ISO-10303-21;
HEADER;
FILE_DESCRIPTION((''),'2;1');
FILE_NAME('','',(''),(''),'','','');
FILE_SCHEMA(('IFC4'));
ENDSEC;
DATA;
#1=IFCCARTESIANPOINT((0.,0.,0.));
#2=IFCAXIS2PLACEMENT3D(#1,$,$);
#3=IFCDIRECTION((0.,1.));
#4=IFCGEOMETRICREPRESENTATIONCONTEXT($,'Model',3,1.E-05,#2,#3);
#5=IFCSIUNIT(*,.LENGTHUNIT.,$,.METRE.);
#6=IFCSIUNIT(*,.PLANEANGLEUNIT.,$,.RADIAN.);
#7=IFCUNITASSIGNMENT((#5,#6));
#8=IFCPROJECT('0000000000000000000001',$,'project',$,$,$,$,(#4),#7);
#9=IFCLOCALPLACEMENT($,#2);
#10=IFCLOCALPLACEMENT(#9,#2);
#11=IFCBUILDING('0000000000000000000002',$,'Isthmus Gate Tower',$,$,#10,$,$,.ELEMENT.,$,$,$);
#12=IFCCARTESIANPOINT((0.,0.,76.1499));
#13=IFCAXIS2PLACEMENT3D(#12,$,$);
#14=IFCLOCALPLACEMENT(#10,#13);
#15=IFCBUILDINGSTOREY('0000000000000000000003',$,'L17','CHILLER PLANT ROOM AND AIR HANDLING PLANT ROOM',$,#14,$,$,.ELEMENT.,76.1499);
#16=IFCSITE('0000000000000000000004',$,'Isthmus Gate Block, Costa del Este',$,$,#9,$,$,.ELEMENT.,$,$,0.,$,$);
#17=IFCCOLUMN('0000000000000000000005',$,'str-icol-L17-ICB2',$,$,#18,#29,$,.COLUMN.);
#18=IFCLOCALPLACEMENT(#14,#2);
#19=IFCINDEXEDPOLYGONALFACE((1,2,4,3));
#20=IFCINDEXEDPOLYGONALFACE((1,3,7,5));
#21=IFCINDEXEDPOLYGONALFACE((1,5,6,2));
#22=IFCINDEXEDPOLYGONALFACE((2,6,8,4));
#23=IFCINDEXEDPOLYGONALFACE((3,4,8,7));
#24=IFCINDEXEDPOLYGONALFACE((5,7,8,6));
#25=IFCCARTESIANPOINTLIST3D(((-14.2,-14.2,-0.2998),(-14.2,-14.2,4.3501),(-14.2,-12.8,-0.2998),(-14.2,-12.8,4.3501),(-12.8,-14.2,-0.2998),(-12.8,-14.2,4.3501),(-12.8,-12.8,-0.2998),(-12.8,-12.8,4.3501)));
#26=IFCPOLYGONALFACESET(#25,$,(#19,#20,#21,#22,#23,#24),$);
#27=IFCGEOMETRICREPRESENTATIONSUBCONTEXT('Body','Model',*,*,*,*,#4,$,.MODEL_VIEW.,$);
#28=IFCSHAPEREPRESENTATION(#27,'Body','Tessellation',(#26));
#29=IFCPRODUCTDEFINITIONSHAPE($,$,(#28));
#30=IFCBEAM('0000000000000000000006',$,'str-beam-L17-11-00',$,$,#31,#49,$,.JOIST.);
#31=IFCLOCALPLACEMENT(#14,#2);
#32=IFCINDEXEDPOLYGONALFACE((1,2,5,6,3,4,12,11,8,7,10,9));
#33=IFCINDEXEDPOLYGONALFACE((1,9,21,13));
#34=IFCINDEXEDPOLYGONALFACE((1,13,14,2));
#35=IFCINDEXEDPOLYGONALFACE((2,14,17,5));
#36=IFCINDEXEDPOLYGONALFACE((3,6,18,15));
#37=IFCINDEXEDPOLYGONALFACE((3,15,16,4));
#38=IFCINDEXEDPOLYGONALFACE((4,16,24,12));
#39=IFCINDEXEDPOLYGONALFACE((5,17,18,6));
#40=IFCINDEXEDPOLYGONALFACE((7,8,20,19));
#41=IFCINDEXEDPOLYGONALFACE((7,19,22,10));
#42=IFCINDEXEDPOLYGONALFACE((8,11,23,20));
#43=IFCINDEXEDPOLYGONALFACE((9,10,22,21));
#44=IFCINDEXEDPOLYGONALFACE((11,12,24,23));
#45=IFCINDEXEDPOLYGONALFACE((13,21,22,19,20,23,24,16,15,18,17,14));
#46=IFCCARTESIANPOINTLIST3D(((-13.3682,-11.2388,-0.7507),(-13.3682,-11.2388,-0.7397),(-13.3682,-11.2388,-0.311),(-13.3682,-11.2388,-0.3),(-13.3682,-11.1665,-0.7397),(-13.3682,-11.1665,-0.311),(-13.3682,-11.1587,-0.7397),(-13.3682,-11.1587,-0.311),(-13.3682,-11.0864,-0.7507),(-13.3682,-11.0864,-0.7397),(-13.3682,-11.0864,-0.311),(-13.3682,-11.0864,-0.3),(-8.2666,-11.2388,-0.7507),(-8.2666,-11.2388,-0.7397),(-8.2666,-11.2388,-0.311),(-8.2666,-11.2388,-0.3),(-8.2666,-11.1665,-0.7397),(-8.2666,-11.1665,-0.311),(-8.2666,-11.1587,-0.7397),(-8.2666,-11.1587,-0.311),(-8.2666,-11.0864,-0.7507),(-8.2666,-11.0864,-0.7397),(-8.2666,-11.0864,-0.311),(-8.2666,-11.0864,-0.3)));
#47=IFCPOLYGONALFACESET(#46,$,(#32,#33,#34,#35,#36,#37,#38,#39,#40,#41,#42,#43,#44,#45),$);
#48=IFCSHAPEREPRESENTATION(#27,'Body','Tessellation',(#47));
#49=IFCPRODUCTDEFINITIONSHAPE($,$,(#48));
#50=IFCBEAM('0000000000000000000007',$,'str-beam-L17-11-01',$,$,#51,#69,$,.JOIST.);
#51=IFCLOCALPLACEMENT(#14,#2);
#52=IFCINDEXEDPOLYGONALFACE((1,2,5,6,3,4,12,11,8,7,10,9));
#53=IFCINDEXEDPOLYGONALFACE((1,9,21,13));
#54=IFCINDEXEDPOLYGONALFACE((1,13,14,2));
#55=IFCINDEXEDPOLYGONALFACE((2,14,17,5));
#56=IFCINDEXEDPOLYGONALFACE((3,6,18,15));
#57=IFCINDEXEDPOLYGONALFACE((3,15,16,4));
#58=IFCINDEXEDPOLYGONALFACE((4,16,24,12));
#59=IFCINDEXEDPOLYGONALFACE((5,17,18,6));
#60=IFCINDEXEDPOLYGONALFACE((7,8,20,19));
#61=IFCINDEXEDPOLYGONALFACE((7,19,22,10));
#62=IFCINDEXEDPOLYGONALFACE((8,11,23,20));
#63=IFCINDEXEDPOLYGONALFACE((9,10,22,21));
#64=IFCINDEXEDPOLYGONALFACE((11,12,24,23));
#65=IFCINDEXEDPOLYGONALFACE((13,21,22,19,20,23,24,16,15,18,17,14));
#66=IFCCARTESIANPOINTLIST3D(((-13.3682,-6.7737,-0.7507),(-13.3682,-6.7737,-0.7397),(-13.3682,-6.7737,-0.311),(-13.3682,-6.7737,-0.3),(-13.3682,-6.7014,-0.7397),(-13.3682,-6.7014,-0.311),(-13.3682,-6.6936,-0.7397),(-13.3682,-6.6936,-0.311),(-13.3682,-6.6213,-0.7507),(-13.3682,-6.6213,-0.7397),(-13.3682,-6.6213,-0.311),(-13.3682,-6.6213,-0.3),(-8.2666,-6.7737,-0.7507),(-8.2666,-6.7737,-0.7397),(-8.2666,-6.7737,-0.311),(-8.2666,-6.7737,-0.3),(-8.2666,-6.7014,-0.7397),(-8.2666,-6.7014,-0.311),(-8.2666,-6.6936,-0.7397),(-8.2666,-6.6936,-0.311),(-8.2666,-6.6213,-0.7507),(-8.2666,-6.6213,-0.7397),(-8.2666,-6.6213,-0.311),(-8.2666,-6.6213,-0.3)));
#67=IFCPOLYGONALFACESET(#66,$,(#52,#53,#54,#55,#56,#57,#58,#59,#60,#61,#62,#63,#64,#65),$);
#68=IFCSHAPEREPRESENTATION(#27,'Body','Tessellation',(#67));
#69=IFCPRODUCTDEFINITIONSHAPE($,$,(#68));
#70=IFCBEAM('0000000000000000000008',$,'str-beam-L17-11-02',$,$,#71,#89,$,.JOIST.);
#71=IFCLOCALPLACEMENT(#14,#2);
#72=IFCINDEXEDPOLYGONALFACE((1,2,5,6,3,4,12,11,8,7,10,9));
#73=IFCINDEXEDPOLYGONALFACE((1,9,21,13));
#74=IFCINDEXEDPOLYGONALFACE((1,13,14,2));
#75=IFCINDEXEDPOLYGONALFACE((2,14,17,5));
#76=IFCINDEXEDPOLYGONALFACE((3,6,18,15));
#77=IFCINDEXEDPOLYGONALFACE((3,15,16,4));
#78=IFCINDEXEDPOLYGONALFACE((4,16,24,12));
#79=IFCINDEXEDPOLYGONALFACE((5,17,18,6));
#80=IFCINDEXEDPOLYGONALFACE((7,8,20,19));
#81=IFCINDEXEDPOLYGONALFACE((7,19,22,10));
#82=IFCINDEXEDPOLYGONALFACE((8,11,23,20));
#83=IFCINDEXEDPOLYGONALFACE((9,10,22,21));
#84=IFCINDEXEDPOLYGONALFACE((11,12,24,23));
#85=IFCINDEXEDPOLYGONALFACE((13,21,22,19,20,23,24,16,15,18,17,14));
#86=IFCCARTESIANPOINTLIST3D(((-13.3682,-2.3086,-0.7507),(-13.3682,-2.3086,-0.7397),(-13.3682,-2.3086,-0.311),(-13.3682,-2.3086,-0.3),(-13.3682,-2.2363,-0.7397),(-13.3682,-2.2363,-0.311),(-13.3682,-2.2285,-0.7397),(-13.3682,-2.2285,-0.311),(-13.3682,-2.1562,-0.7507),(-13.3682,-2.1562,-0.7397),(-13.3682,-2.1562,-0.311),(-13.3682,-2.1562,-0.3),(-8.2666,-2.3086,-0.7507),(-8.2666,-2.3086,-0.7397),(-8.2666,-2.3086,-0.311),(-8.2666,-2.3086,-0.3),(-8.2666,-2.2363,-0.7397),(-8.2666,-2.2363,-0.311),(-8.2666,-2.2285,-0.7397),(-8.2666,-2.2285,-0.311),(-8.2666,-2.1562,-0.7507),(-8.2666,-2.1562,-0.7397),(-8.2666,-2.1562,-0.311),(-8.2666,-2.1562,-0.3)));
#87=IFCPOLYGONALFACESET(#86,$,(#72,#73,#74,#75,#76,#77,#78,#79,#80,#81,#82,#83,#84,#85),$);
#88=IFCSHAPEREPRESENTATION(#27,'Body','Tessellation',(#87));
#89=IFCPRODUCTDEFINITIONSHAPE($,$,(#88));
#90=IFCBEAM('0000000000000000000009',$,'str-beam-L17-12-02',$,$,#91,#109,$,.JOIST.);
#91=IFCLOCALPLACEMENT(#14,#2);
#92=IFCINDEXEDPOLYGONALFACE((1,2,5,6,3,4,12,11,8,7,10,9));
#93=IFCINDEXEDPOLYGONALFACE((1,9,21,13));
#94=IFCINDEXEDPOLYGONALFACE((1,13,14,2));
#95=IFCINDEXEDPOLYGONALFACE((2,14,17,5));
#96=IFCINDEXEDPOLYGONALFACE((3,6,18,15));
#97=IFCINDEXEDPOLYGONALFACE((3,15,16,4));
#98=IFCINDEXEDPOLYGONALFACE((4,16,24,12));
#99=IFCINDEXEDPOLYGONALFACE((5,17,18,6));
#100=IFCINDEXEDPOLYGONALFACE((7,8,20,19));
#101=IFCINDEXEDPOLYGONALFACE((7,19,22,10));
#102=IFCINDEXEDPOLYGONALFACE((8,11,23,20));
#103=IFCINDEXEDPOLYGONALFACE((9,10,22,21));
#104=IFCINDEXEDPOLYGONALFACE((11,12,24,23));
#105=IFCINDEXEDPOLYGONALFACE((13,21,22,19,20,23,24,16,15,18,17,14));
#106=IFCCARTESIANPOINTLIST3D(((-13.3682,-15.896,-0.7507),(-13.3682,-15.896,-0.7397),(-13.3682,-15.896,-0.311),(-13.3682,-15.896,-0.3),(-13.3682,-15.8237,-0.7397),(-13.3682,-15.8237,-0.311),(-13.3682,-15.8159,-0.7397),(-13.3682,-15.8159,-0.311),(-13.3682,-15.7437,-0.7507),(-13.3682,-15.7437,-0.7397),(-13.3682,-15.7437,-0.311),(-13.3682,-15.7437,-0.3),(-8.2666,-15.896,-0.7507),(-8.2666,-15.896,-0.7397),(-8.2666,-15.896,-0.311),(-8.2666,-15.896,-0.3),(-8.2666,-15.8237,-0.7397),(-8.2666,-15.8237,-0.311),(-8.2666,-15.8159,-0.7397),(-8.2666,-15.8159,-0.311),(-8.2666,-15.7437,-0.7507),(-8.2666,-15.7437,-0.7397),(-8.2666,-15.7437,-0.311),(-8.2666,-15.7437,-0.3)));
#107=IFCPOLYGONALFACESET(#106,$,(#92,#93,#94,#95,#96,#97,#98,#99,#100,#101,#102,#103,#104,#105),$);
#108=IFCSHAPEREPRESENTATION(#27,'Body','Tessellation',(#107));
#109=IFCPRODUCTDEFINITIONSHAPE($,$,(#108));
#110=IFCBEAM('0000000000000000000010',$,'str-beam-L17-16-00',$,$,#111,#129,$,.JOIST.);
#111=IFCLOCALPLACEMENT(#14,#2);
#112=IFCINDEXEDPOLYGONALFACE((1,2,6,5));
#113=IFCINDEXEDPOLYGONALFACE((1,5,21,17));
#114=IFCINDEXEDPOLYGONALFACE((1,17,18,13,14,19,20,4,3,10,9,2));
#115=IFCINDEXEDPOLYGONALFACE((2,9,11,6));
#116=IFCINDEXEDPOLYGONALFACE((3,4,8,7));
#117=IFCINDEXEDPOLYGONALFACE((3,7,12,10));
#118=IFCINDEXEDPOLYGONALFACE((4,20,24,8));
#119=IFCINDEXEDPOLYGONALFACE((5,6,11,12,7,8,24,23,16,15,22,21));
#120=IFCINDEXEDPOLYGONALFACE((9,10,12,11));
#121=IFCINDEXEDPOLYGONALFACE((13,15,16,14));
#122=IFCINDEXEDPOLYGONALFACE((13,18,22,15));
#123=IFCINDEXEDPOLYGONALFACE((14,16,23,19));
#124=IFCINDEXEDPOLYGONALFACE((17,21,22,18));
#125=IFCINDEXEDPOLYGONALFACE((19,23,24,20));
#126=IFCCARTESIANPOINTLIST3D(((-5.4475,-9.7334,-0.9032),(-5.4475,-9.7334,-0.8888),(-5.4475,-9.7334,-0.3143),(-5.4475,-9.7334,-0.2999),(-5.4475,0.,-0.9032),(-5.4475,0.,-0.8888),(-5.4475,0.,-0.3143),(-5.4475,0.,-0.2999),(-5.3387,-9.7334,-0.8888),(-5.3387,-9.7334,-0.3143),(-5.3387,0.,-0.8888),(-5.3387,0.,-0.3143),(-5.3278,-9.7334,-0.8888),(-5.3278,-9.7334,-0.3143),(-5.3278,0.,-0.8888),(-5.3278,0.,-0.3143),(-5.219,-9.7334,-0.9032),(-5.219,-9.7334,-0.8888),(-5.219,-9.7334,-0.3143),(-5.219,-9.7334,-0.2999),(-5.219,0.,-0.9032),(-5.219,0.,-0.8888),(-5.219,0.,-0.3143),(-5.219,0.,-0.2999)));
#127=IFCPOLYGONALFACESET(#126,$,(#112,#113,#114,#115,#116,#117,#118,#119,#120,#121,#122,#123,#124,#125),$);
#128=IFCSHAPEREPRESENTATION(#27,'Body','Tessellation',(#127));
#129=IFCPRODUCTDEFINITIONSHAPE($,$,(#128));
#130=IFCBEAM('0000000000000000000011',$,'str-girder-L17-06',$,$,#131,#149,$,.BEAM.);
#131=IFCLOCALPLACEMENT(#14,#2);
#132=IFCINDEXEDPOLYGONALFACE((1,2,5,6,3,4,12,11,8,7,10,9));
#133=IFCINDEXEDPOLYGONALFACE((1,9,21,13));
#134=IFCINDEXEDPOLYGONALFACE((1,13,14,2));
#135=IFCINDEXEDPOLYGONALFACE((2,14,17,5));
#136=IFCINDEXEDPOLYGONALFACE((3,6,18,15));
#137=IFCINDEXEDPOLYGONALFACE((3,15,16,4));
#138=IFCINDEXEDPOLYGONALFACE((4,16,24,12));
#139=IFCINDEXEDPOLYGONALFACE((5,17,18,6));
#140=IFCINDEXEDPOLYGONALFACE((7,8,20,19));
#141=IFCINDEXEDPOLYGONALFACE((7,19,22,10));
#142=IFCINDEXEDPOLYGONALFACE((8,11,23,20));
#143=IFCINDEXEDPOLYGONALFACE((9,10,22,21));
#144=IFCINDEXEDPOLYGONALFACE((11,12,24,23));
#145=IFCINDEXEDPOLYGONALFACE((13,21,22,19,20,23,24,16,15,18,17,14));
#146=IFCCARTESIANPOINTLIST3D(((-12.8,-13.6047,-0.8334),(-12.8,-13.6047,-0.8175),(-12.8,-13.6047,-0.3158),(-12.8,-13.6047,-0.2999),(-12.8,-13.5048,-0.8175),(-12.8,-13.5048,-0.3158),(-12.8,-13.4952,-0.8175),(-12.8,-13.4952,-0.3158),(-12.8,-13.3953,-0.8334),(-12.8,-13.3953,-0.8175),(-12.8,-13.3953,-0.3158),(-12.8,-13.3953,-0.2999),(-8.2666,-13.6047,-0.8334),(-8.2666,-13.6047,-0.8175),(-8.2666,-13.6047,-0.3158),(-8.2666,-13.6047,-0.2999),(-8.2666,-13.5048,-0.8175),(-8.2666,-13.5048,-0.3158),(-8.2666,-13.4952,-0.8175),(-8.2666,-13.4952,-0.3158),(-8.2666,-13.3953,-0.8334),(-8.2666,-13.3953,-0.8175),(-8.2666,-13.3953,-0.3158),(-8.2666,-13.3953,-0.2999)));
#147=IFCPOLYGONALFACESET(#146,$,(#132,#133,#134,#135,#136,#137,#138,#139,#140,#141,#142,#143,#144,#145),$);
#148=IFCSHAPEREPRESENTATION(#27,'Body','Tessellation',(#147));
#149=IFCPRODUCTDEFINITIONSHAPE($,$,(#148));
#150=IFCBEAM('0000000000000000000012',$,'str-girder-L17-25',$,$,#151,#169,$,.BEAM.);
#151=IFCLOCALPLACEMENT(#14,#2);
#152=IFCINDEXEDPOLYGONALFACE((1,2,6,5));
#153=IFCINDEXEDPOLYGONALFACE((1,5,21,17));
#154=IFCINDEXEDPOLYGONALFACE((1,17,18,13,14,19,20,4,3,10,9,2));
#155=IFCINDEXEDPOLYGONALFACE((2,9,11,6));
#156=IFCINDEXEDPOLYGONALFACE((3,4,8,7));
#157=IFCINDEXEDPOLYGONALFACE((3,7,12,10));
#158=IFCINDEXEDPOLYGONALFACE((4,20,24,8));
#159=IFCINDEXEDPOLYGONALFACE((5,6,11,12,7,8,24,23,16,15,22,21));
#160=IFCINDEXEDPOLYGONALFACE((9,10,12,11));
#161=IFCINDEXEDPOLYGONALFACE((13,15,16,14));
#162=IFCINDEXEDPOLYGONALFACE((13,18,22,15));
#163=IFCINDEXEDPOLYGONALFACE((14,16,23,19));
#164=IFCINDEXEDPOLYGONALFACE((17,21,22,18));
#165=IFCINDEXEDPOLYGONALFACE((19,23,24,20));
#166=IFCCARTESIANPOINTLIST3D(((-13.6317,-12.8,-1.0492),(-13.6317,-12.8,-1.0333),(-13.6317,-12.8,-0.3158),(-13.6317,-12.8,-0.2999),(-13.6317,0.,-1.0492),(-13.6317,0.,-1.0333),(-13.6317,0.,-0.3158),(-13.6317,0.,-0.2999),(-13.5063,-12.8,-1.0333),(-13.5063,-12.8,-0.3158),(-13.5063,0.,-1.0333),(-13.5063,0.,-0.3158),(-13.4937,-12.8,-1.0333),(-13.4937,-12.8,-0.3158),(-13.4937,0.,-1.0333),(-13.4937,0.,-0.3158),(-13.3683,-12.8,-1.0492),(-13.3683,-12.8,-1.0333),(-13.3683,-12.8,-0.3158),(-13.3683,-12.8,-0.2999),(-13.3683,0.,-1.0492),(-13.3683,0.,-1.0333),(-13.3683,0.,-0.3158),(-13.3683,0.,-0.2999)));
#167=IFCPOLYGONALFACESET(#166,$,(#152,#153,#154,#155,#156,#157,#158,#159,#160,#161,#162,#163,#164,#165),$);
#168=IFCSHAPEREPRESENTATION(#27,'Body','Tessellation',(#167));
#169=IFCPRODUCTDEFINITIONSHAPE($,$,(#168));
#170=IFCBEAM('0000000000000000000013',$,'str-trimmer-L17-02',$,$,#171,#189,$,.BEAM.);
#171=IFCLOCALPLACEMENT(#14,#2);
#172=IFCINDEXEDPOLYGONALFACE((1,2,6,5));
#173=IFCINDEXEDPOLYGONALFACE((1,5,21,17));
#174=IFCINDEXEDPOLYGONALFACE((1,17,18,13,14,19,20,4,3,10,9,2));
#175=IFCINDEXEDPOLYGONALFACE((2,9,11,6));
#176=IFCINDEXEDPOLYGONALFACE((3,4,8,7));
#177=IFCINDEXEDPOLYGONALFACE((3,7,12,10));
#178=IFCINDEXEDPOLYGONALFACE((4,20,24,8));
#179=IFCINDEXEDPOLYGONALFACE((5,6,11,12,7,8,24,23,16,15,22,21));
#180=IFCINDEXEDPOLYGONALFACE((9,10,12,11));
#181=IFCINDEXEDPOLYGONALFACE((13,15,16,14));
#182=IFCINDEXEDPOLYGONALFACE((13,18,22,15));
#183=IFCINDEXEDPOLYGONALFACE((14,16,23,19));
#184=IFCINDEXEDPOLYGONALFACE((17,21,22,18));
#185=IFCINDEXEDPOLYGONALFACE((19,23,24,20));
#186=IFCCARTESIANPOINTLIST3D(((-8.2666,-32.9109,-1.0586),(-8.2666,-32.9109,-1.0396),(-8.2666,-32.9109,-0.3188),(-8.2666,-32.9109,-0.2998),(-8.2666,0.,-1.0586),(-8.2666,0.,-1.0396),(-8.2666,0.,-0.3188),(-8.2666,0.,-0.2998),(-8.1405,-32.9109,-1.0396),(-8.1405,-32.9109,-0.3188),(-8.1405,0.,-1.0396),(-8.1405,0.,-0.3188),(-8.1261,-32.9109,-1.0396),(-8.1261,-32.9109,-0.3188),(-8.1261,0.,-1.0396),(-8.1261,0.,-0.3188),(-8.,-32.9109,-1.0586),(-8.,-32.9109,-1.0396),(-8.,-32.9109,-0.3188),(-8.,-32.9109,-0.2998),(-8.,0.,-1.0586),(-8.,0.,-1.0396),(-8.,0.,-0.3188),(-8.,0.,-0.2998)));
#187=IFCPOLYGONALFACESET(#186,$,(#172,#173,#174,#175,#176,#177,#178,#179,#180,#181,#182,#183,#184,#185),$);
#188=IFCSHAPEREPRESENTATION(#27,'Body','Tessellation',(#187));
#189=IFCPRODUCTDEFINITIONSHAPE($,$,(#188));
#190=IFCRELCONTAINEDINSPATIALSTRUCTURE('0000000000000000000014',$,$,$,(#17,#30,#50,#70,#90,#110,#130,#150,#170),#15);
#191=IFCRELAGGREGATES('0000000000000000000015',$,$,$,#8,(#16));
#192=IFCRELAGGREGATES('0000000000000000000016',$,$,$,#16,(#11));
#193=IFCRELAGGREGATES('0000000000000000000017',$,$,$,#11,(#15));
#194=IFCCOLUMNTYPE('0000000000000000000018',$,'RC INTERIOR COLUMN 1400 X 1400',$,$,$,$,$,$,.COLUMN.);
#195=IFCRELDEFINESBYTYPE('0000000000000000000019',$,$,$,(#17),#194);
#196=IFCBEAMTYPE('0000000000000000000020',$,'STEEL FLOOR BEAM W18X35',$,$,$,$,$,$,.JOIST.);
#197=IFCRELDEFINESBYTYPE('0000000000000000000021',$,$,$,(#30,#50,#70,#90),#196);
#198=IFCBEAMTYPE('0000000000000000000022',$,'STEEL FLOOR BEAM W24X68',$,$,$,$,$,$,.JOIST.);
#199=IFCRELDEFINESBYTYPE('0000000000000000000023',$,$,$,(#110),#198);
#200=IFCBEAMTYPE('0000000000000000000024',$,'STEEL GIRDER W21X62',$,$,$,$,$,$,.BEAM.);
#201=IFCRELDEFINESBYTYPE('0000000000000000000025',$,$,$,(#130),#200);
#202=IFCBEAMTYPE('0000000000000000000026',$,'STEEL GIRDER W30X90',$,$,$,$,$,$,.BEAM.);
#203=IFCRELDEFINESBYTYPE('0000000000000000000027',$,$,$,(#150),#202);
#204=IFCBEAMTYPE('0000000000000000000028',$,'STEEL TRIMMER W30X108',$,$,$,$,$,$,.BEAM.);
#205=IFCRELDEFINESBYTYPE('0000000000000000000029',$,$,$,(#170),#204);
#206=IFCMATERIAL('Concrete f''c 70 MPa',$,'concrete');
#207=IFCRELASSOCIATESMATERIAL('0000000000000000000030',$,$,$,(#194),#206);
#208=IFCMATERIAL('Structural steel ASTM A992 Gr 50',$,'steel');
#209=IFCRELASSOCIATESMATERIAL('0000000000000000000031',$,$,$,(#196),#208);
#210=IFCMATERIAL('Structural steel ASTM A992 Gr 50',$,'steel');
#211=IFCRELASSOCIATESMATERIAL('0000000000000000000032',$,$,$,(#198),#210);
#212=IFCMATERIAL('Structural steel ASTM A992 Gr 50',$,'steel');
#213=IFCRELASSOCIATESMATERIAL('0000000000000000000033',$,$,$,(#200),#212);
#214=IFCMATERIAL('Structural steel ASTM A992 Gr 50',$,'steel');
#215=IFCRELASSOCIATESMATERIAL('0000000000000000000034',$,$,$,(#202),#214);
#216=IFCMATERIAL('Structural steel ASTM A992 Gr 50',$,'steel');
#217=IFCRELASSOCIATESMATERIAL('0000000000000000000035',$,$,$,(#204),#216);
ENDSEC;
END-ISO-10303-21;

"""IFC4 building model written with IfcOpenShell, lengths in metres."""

from ifc_helpers import new_model, si_unit, direction, frame, origin, origin_2d, place, context, subcontext, project, spatial, rectangle, i_section, extrude, material, material_profile, profile_set, type_object, element, save


model = new_model("IFC4")

# Units and contexts
model_context = context("Model", 3, precision=1e-05, world=origin(), true_north=direction((0.0, 1.0)))
body_context = subcontext(model_context, "Body", "Model", "MODEL_VIEW")
ifc_project = project(units=[si_unit("LENGTHUNIT", "METRE"), si_unit("PLANEANGLEUNIT", "RADIAN")], contexts=[model_context])

# Site, building, storey
site_placement = place(None, origin())
site = spatial("IfcSite", under=ifc_project, at=site_placement, Name="Isthmus Gate Block, Costa del Este", CompositionType="ELEMENT", RefElevation=0.0)
building_placement = place(site_placement, origin())
building = spatial("IfcBuilding", under=site, at=building_placement, Name="Isthmus Gate Tower", CompositionType="ELEMENT")
storey_placement = place(building_placement, frame((0.0, 0.0, 76.1499)))
storey = spatial("IfcBuildingStorey", under=building, at=storey_placement, Name="L17", Description="CHILLER PLANT ROOM AND AIR HANDLING PLANT ROOM", CompositionType="ELEMENT", Elevation=76.1499)

# Column
ifc_material_1 = material(Name="Concrete f'c 70 MPa", Category="concrete")
ifc_material_profile_1 = material_profile(ifc_material_1, rectangle(XDim=1.3999, YDim=1.3999, at=origin_2d()), Name="RC 1400X1400")
ifc_profile_set_1 = profile_set([ifc_material_profile_1], Name="Concrete f'c 70 MPa")
column_type = type_object("IfcColumnType", Name="RC INTERIOR COLUMN 1400 X 1400", PredefinedType="COLUMN", material=ifc_profile_set_1)
column_placement = place(storey_placement, frame((-13.5, -13.5, -0.2998), z_axis=(0.0, 0.0, 1.0), x_axis=(1.0, 0.0, 0.0)))
element("IfcColumn", 1, at=column_placement, inside=storey, type_object=column_type, Name="str-icol-L17-ICB2", PredefinedType="COLUMN", context=body_context, shape_type="SweptSolid", body=[
    extrude(rectangle(XDim=1.3999, YDim=1.3999, at=origin_2d()), origin(), (0.0, 0.0, 1.0), 4.6499),
])

# Beams
ifc_material_2 = material(Name="Structural steel ASTM A992 Gr 50", Category="steel")
ifc_material_profile_2 = material_profile(ifc_material_2, i_section(OverallWidth=0.1523, OverallDepth=0.4507, WebThickness=0.0078, FlangeThickness=0.011, at=origin_2d()), Name="W18X35")
ifc_profile_set_2 = profile_set([ifc_material_profile_2], Name="Structural steel ASTM A992 Gr 50")
beam_type_1 = type_object("IfcBeamType", Name="STEEL FLOOR BEAM W18X35", PredefinedType="JOIST", material=ifc_profile_set_2)
for number, where, z_axis, x_axis, name in (
    (2, (-13.3682, -11.1626, -0.5254), (1.0, 0.0, 0.0), (0.0, 1.0, 0.0), "str-beam-L17-11-00"),
    (3, (-13.3682, -6.6975, -0.5254), (1.0, 0.0, 0.0), (0.0, 1.0, 0.0), "str-beam-L17-11-01"),
    (4, (-13.3682, -2.2324, -0.5254), (1.0, 0.0, 0.0), (0.0, 1.0, 0.0), "str-beam-L17-11-02"),
    (5, (-13.3682, -15.8198, -0.5254), (1.0, 0.0, 0.0), (0.0, 1.0, 0.0), "str-beam-L17-12-02"),
):
    element("IfcBeam", number, at=place(storey_placement, frame(where, z_axis=z_axis, x_axis=x_axis)), inside=storey, type_object=beam_type_1, Name=name, PredefinedType="JOIST", context=body_context, shape_type="SweptSolid", body=[
        extrude(i_section(OverallWidth=0.1523, OverallDepth=0.4507, WebThickness=0.0078, FlangeThickness=0.011, at=origin_2d()), origin(), (0.0, 0.0, 1.0), 5.1016),
    ])
ifc_material_3 = material(Name="Structural steel ASTM A992 Gr 50", Category="steel")
ifc_material_profile_3 = material_profile(ifc_material_3, i_section(OverallWidth=0.2285, OverallDepth=0.6033, WebThickness=0.011, FlangeThickness=0.0144, at=origin_2d()), Name="W24X68")
ifc_profile_set_3 = profile_set([ifc_material_profile_3], Name="Structural steel ASTM A992 Gr 50")
beam_type_2 = type_object("IfcBeamType", Name="STEEL FLOOR BEAM W24X68", PredefinedType="JOIST", material=ifc_profile_set_3)
beam_1_placement = place(storey_placement, frame((-5.3333, -9.7334, -0.6016), z_axis=(0.0, 1.0, 0.0), x_axis=(-1.0, 0.0, 0.0)))
element("IfcBeam", 6, at=beam_1_placement, inside=storey, type_object=beam_type_2, Name="str-beam-L17-16-00", PredefinedType="JOIST", context=body_context, shape_type="SweptSolid", body=[
    extrude(i_section(OverallWidth=0.2285, OverallDepth=0.6033, WebThickness=0.011, FlangeThickness=0.0144, at=origin_2d()), origin(), (0.0, 0.0, 1.0), 9.7334),
])
ifc_material_4 = material(Name="Structural steel ASTM A992 Gr 50", Category="steel")
ifc_material_profile_4 = material_profile(ifc_material_4, i_section(OverallWidth=0.2095, OverallDepth=0.5334, WebThickness=0.0095, FlangeThickness=0.0159, at=origin_2d()), Name="W21X62")
ifc_profile_set_4 = profile_set([ifc_material_profile_4], Name="Structural steel ASTM A992 Gr 50")
beam_type_3 = type_object("IfcBeamType", Name="STEEL GIRDER W21X62", PredefinedType="BEAM", material=ifc_profile_set_4)
beam_2_placement = place(storey_placement, frame((-12.8, -13.5, -0.5667), z_axis=(1.0, 0.0, 0.0), x_axis=(0.0, 1.0, 0.0)))
element("IfcBeam", 7, at=beam_2_placement, inside=storey, type_object=beam_type_3, Name="str-girder-L17-06", PredefinedType="BEAM", context=body_context, shape_type="SweptSolid", body=[
    extrude(i_section(OverallWidth=0.2095, OverallDepth=0.5334, WebThickness=0.0095, FlangeThickness=0.0159, at=origin_2d()), origin(), (0.0, 0.0, 1.0), 4.5334),
])
ifc_material_5 = material(Name="Structural steel ASTM A992 Gr 50", Category="steel")
ifc_material_profile_5 = material_profile(ifc_material_5, i_section(OverallWidth=0.2634, OverallDepth=0.7493, WebThickness=0.0127, FlangeThickness=0.0159, at=origin_2d()), Name="W30X90")
ifc_profile_set_5 = profile_set([ifc_material_profile_5], Name="Structural steel ASTM A992 Gr 50")
beam_type_4 = type_object("IfcBeamType", Name="STEEL GIRDER W30X90", PredefinedType="BEAM", material=ifc_profile_set_5)
beam_3_placement = place(storey_placement, frame((-13.5, -12.8, -0.6746), z_axis=(0.0, 1.0, 0.0), x_axis=(-1.0, 0.0, 0.0)))
element("IfcBeam", 8, at=beam_3_placement, inside=storey, type_object=beam_type_4, Name="str-girder-L17-25", PredefinedType="BEAM", context=body_context, shape_type="SweptSolid", body=[
    extrude(i_section(OverallWidth=0.2634, OverallDepth=0.7493, WebThickness=0.0127, FlangeThickness=0.0159, at=origin_2d()), origin(), (0.0, 0.0, 1.0), 12.8),
])
ifc_material_6 = material(Name="Structural steel ASTM A992 Gr 50", Category="steel")
ifc_material_profile_6 = material_profile(ifc_material_6, i_section(OverallWidth=0.2666, OverallDepth=0.7588, WebThickness=0.0144, FlangeThickness=0.019, at=origin_2d()), Name="W30X108")
ifc_profile_set_6 = profile_set([ifc_material_profile_6], Name="Structural steel ASTM A992 Gr 50")
beam_type_5 = type_object("IfcBeamType", Name="STEEL TRIMMER W30X108", PredefinedType="BEAM", material=ifc_profile_set_6)
beam_4_placement = place(storey_placement, frame((-8.1333, 0.0, -0.6792), z_axis=(0.0, -1.0, 0.0), x_axis=(1.0, 0.0, 0.0)))
element("IfcBeam", 9, at=beam_4_placement, inside=storey, type_object=beam_type_5, Name="str-trimmer-L17-02", PredefinedType="BEAM", context=body_context, shape_type="SweptSolid", body=[
    extrude(i_section(OverallWidth=0.2666, OverallDepth=0.7588, WebThickness=0.0144, FlangeThickness=0.019, at=origin_2d()), origin(), (0.0, 0.0, 1.0), 32.9109),
])

save(model, "model.ifc")
